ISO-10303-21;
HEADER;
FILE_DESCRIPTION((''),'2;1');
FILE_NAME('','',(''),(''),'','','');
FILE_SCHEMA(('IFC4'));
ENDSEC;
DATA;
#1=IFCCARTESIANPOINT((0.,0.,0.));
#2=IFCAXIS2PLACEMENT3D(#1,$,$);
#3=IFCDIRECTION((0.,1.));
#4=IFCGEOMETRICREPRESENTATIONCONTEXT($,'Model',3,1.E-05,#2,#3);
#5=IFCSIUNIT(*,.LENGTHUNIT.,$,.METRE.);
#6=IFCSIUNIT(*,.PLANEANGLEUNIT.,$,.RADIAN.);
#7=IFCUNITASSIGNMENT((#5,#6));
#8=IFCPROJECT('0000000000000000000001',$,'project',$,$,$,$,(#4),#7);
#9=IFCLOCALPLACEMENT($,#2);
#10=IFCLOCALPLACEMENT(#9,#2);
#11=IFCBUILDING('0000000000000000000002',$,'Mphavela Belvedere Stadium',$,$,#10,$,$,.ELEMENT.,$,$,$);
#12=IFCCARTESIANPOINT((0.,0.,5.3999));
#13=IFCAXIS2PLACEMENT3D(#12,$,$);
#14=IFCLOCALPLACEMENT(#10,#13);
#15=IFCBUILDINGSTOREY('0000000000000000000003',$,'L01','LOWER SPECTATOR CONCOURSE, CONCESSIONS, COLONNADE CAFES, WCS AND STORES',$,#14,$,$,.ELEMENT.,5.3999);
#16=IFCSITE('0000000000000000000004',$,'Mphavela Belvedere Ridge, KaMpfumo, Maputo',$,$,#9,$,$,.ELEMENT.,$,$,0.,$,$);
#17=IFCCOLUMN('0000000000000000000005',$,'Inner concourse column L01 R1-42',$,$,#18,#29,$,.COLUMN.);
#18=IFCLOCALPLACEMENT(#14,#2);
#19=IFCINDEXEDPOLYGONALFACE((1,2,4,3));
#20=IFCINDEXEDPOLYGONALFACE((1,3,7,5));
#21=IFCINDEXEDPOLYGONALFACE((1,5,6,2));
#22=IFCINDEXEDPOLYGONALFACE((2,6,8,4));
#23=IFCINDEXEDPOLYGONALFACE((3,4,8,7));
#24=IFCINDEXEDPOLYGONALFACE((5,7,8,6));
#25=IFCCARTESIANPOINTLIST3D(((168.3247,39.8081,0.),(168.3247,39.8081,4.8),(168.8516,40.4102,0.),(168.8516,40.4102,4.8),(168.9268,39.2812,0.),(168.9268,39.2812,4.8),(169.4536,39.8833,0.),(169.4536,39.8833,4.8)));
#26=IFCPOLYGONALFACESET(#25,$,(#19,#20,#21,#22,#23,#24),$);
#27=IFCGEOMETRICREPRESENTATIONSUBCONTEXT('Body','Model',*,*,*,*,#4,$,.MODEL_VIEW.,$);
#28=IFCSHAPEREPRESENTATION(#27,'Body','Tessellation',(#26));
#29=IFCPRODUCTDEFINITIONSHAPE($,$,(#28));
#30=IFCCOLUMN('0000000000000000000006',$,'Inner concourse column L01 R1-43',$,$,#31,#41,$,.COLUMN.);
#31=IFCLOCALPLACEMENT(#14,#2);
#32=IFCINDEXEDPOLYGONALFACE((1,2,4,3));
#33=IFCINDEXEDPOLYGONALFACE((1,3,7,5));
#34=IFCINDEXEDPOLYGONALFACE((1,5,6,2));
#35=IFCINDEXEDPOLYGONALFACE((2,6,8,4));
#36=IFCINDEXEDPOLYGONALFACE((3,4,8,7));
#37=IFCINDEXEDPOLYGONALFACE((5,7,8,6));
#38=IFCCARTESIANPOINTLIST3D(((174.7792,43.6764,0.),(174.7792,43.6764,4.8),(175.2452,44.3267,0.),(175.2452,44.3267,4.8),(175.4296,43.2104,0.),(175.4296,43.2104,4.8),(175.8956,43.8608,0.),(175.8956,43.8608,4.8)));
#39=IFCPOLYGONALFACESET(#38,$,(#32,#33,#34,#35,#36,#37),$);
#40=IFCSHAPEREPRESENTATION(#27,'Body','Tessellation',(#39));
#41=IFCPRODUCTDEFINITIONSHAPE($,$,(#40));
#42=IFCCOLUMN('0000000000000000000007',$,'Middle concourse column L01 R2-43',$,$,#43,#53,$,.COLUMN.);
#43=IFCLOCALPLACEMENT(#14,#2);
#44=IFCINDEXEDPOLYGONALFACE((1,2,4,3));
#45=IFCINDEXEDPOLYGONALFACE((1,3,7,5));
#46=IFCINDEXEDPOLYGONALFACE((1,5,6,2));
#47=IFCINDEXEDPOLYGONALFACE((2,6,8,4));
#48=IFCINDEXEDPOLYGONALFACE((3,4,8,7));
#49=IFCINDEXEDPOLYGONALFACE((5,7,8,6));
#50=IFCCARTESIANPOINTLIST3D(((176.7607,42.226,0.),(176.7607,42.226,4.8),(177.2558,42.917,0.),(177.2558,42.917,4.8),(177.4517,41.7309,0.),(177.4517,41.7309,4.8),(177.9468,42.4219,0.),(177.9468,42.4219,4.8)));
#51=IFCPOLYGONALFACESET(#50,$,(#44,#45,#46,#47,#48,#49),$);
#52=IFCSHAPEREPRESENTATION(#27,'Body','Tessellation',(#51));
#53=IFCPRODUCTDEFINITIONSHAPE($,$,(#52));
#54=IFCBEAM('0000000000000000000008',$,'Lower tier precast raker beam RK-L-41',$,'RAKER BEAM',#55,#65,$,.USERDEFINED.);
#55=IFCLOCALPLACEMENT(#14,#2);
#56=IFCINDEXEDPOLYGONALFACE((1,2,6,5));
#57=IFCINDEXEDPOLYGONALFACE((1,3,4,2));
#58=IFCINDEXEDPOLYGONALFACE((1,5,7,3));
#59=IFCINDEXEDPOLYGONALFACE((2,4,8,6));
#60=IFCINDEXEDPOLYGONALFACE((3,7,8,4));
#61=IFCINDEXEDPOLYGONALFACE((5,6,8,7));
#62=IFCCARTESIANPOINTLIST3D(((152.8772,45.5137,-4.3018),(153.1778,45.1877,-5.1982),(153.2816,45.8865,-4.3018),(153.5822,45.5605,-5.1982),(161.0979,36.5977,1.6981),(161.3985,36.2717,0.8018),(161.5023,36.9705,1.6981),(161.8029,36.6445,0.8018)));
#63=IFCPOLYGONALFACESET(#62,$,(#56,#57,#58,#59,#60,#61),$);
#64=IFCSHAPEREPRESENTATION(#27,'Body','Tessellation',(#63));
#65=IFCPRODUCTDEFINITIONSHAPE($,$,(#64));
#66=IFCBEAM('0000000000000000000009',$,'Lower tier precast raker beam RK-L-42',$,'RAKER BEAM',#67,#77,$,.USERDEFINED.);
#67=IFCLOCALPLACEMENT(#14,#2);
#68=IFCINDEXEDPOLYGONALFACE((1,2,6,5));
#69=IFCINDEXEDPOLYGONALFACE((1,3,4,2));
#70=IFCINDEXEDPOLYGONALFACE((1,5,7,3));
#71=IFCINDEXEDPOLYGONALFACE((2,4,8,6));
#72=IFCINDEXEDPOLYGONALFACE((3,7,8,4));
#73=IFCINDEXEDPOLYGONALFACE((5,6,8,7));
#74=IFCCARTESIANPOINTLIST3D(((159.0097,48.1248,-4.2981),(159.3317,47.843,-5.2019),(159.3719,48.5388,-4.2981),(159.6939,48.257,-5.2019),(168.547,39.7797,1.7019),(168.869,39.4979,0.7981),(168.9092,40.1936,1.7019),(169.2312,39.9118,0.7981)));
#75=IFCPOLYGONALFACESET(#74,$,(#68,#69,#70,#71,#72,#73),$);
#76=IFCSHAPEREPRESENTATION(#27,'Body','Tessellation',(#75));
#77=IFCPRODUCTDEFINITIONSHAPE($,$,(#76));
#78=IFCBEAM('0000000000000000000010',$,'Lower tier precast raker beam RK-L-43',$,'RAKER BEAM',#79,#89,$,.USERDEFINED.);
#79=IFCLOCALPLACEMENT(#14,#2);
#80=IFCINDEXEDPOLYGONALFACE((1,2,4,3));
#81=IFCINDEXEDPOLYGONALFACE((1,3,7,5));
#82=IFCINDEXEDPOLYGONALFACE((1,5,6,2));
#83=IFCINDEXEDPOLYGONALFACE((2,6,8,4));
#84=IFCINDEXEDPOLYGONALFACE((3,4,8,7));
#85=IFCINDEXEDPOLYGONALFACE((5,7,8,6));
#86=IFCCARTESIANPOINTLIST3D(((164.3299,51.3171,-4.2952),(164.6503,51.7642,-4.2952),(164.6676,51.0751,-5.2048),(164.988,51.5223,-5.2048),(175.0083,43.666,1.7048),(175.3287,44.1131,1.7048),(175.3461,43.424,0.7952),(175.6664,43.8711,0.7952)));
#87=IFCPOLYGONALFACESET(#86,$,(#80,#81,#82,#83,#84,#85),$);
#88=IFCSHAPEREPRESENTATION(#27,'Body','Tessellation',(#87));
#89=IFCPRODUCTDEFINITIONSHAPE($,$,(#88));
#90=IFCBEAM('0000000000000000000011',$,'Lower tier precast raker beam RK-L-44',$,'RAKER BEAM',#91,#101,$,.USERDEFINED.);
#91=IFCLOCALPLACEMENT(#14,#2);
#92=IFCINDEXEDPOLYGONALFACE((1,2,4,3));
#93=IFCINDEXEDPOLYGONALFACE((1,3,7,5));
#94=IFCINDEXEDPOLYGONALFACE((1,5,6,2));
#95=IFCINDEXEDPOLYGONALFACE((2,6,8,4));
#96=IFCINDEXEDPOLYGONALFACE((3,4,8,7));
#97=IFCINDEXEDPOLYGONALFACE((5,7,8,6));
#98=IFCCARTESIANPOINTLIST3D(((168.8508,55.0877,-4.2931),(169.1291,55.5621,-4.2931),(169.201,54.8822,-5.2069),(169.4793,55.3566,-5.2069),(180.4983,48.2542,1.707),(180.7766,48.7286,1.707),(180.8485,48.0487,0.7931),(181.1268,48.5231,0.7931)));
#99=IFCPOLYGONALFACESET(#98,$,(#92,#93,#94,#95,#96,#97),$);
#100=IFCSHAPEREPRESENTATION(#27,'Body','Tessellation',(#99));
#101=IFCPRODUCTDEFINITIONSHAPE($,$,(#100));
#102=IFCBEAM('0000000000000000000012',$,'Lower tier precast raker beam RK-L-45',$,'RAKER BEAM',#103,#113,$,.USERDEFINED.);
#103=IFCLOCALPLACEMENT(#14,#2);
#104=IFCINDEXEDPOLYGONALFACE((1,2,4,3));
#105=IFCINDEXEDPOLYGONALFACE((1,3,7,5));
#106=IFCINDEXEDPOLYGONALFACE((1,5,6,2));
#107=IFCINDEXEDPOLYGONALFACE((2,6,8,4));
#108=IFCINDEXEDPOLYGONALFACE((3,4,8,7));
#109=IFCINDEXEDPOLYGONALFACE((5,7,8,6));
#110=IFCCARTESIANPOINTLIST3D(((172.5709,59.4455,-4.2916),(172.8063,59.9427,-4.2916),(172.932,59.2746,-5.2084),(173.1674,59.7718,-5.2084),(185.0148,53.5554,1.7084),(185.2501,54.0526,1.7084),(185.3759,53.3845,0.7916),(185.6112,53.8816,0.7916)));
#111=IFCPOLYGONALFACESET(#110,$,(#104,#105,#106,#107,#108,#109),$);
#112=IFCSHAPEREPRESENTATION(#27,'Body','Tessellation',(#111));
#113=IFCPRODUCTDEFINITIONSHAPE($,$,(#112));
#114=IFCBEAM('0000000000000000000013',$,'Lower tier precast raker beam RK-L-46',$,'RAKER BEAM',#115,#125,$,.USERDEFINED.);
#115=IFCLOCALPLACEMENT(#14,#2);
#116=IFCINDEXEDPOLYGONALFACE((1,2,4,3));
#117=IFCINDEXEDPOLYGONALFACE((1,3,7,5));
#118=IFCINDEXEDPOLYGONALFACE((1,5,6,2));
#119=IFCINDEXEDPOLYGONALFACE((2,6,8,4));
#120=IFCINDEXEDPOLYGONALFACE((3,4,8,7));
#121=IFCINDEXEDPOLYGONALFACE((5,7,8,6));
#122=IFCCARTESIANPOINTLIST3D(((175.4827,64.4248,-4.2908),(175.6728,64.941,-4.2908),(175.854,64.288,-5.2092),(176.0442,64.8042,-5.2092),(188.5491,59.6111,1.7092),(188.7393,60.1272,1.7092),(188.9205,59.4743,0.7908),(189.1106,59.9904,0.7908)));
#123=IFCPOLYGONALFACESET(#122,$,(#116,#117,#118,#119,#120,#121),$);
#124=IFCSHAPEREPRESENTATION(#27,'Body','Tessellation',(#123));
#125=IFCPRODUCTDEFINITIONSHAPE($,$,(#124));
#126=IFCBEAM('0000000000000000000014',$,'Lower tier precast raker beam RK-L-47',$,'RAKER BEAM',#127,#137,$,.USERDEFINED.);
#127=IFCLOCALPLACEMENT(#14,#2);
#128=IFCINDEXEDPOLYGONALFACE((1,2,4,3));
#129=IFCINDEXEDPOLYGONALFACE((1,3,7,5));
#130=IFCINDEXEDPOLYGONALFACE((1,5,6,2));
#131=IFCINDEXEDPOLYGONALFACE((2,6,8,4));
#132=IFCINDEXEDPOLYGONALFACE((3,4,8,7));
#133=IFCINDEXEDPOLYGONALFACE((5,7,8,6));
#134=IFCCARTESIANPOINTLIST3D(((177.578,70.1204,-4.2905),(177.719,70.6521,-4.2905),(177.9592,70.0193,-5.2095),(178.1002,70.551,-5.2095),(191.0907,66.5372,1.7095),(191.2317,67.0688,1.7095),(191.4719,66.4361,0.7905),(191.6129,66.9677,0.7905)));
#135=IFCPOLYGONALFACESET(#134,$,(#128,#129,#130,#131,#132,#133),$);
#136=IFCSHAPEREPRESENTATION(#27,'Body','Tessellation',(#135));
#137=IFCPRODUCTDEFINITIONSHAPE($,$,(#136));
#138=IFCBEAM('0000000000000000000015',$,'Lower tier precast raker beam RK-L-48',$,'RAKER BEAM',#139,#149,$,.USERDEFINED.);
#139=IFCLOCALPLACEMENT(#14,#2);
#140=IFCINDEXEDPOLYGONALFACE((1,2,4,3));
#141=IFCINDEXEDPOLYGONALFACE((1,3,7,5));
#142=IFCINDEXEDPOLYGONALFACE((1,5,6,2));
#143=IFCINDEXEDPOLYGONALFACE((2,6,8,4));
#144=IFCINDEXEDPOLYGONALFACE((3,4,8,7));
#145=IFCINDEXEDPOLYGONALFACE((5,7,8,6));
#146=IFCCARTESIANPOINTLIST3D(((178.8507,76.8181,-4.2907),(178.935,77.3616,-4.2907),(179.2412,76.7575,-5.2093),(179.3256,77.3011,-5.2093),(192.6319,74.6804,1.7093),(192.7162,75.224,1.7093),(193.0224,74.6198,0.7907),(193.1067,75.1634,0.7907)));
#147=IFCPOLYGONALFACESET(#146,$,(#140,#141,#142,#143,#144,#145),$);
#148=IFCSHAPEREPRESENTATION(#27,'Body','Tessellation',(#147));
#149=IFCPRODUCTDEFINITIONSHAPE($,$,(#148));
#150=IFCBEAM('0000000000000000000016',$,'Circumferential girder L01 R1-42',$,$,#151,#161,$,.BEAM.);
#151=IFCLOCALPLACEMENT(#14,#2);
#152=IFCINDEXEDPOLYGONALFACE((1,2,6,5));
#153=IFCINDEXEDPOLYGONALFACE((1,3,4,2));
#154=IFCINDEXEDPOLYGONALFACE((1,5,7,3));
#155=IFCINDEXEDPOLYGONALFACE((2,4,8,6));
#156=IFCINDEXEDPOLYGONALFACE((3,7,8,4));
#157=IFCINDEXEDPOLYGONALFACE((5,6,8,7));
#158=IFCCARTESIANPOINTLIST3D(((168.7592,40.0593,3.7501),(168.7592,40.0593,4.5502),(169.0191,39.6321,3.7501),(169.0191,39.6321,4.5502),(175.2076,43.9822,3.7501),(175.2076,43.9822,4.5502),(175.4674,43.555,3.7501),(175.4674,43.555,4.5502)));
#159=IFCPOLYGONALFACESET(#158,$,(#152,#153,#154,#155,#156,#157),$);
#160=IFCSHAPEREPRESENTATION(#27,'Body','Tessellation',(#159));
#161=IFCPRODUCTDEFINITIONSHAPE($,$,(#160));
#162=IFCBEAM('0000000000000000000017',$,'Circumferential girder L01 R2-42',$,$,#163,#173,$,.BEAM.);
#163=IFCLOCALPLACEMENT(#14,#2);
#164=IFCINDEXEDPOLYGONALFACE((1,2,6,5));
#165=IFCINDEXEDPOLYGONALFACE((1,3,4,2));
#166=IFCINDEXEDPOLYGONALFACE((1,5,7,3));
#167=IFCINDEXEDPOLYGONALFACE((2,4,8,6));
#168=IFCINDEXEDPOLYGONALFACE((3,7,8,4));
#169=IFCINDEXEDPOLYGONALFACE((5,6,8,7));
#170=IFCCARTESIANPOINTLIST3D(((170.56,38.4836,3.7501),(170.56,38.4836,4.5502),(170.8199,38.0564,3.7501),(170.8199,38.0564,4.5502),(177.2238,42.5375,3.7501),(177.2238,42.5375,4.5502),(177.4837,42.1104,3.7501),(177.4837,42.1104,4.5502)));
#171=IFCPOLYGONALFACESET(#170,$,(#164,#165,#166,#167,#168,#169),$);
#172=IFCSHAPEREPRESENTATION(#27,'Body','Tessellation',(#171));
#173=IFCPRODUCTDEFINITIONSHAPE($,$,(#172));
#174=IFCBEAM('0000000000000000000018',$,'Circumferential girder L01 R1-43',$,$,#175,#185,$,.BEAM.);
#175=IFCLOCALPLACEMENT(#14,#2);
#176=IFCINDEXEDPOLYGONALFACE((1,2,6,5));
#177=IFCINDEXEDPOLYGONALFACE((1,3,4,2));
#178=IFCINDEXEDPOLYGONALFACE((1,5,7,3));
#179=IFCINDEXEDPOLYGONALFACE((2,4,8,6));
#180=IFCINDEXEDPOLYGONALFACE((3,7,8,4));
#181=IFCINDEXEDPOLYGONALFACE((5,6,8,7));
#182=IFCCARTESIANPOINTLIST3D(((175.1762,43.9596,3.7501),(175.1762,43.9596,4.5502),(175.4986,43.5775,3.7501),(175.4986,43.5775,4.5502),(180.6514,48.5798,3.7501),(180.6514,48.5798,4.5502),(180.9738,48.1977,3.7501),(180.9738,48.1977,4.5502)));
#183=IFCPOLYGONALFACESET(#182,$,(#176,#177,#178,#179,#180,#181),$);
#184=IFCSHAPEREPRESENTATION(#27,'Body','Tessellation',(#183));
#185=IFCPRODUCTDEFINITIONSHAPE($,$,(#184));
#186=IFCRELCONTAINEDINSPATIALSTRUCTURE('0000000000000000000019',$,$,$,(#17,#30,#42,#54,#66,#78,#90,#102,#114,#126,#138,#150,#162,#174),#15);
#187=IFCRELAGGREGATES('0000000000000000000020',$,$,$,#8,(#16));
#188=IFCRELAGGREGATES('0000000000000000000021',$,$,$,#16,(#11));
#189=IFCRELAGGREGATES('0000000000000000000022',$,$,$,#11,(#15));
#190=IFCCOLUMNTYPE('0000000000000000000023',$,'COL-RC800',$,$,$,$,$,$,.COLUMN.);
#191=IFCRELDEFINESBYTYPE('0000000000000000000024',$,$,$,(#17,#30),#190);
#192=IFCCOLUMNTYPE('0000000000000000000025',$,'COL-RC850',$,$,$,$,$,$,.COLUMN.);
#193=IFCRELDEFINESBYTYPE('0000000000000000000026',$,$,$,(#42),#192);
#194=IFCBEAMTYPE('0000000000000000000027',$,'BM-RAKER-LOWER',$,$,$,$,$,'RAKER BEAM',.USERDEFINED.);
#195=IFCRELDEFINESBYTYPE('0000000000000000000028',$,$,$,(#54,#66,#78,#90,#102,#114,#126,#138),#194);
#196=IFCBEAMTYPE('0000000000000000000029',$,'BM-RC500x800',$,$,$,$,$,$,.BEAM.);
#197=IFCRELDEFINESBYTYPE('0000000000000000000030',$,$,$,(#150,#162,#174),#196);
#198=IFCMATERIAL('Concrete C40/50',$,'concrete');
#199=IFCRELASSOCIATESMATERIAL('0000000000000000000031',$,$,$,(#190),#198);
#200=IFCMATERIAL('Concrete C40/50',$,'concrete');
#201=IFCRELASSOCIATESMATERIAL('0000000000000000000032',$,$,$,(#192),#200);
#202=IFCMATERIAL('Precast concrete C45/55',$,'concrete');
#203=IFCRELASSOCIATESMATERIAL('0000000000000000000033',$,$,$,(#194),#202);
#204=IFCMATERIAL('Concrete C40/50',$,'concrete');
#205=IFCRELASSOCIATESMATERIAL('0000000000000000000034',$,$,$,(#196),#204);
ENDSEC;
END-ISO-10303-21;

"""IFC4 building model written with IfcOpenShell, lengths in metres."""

from ifc_helpers import new_model, si_unit, direction, frame, origin, origin_2d, place, context, subcontext, project, spatial, rectangle, extrude, material, material_profile, profile_set, type_object, element, save


model = new_model("IFC4")

# Units and contexts
model_context = context("Model", 3, precision=1e-05, world=origin(), true_north=direction((0.0, 1.0)))
body_context = subcontext(model_context, "Body", "Model", "MODEL_VIEW")
ifc_project = project(units=[si_unit("LENGTHUNIT", "METRE"), si_unit("PLANEANGLEUNIT", "RADIAN")], contexts=[model_context])

# Site, building, storey
site_placement = place(None, origin())
site = spatial("IfcSite", under=ifc_project, at=site_placement, Name="Mphavela Belvedere Ridge, KaMpfumo, Maputo", CompositionType="ELEMENT", RefElevation=0.0)
building_placement = place(site_placement, origin())
building = spatial("IfcBuilding", under=site, at=building_placement, Name="Mphavela Belvedere Stadium", CompositionType="ELEMENT")
storey_placement = place(building_placement, frame((0.0, 0.0, 5.3999)))
storey = spatial("IfcBuildingStorey", under=building, at=storey_placement, Name="L01", Description="LOWER SPECTATOR CONCOURSE, CONCESSIONS, COLONNADE CAFES, WCS AND STORES", CompositionType="ELEMENT", Elevation=5.3999)

# Columns
ifc_material_1 = material(Name="Concrete C40/50", Category="concrete")
ifc_material_profile_1 = material_profile(ifc_material_1, rectangle(XDim=0.8, YDim=0.8, at=origin_2d()), Name="RC 800x800")
ifc_profile_set_1 = profile_set([ifc_material_profile_1], Name="Concrete C40/50")
column_type_1 = type_object("IfcColumnType", Name="COL-RC800", PredefinedType="COLUMN", material=ifc_profile_set_1)
for number, where, z_axis, x_axis, name in (
    (1, (168.8892, 39.8457, 0.0), (0.0, 0.0, 1.0), (0.75253, -0.658558, 0.0), "Inner concourse column L01 R1-42"),
    (2, (175.3374, 43.7686, 0.0), (0.0, 0.0, 1.0), (0.812898, -0.582407, 0.0), "Inner concourse column L01 R1-43"),
):
    element("IfcColumn", number, at=place(storey_placement, frame(where, z_axis=z_axis, x_axis=x_axis)), inside=storey, type_object=column_type_1, Name=name, PredefinedType="COLUMN", context=body_context, shape_type="SweptSolid", body=[
        extrude(rectangle(XDim=0.8, YDim=0.8, at=origin_2d()), origin(), (0.0, 0.0, 1.0), 4.8),
    ])
ifc_material_2 = material(Name="Concrete C40/50", Category="concrete")
ifc_material_profile_2 = material_profile(ifc_material_2, rectangle(XDim=0.8501, YDim=0.8501, at=origin_2d()), Name="RC 850x850")
ifc_profile_set_2 = profile_set([ifc_material_profile_2], Name="Concrete C40/50")
column_type_2 = type_object("IfcColumnType", Name="COL-RC850", PredefinedType="COLUMN", material=ifc_profile_set_2)
column_placement = place(storey_placement, frame((177.3538, 42.324, 0.0), z_axis=(0.0, 0.0, 1.0), x_axis=(0.812898, -0.582407, 0.0)))
element("IfcColumn", 3, at=column_placement, inside=storey, type_object=column_type_2, Name="Middle concourse column L01 R2-43", PredefinedType="COLUMN", context=body_context, shape_type="SweptSolid", body=[
    extrude(rectangle(XDim=0.8501, YDim=0.8501, at=origin_2d()), origin(), (0.0, 0.0, 1.0), 4.8),
])

# Beams
ifc_material_3 = material(Name="Precast concrete C45/55", Category="concrete")
ifc_material_profile_3 = material_profile(ifc_material_3, rectangle(XDim=0.55, YDim=1.0, at=origin_2d()), Name="PC 550x1000")
ifc_profile_set_3 = profile_set([ifc_material_profile_3], Name="Precast concrete C45/55")
beam_type_1 = type_object("IfcBeamType", Name="BM-RAKER-LOWER", ElementType="RAKER BEAM", PredefinedType="USERDEFINED", material=ifc_profile_set_3)
beam_1_placement = place(storey_placement, frame((153.2297, 45.5371, -4.75), z_axis=(0.607567, -0.658955, 0.443442), x_axis=(0.735192, 0.677859, 0.0)))
element("IfcBeam", 4, at=beam_1_placement, inside=storey, type_object=beam_type_1, Name="Lower tier precast raker beam RK-L-41", ObjectType="RAKER BEAM", PredefinedType="USERDEFINED", context=body_context, shape_type="SweptSolid", body=[
    extrude(rectangle(XDim=0.55, YDim=1.0, at=origin_2d()), origin(), (0.0, 0.0, 1.0), 13.5305),
])
beam_2_placement = place(storey_placement, frame((159.3518, 48.1909, -4.75), z_axis=(0.680193, -0.595171, 0.427913), x_axis=(0.658506, 0.752576, 0.0)))
element("IfcBeam", 5, at=beam_2_placement, inside=storey, type_object=beam_type_1, Name="Lower tier precast raker beam RK-L-42", ObjectType="RAKER BEAM", PredefinedType="USERDEFINED", context=body_context, shape_type="SweptSolid", body=[
    extrude(rectangle(XDim=0.55, YDim=1.0, at=origin_2d()), origin(), (0.0, 0.0, 1.0), 14.0215),
])
beam_3_placement = place(storey_placement, frame((164.6589, 51.4197, -4.75), z_axis=(0.739407, -0.529785, 0.415457), x_axis=(0.58243, 0.812881, 0.0)))
element("IfcBeam", 6, at=beam_3_placement, inside=storey, type_object=beam_type_1, Name="Lower tier precast raker beam RK-L-43", ObjectType="RAKER BEAM", PredefinedType="USERDEFINED", context=body_context, shape_type="SweptSolid", body=[
    extrude(rectangle(XDim=0.55, YDim=1.0, at=origin_2d()), origin(), (0.0, 0.0, 1.0), 14.4419),
])
beam_4_placement = place(storey_placement, frame((169.165, 55.2222, -4.75), z_axis=(0.788215, -0.462441, 0.406036), x_axis=(0.506032, 0.862515, 0.0)))
element("IfcBeam", 7, at=beam_4_placement, inside=storey, type_object=beam_type_1, Name="Lower tier precast raker beam RK-L-44", ObjectType="RAKER BEAM", PredefinedType="USERDEFINED", context=body_context, shape_type="SweptSolid", body=[
    extrude(rectangle(XDim=0.55, YDim=1.0, at=origin_2d()), origin(), (0.0, 0.0, 1.0), 14.7771),
])
beam_5_placement = place(storey_placement, frame((172.8691, 59.6086, -4.75), z_axis=(0.828591, -0.392203, 0.399518), x_axis=(0.42783, 0.903859, 0.0)))
element("IfcBeam", 8, at=beam_5_placement, inside=storey, type_object=beam_type_1, Name="Lower tier precast raker beam RK-L-45", ObjectType="RAKER BEAM", PredefinedType="USERDEFINED", context=body_context, shape_type="SweptSolid", body=[
    extrude(rectangle(XDim=0.55, YDim=1.0, at=origin_2d()), origin(), (0.0, 0.0, 1.0), 15.0181),
])
beam_6_placement = place(storey_placement, frame((175.7634, 64.6145, -4.75), z_axis=(0.861755, -0.317474, 0.395712), x_axis=(0.345692, 0.938348, 0.0)))
element("IfcBeam", 9, at=beam_6_placement, inside=storey, type_object=beam_type_1, Name="Lower tier precast raker beam RK-L-46", ObjectType="RAKER BEAM", PredefinedType="USERDEFINED", context=body_context, shape_type="SweptSolid", body=[
    extrude(rectangle(XDim=0.55, YDim=1.0, at=origin_2d()), origin(), (0.0, 0.0, 1.0), 15.1626),
])
beam_7_placement = place(storey_placement, frame((177.8391, 70.3357, -4.75), z_axis=(0.888239, -0.23554, 0.394402), x_axis=(0.256318, 0.966593, 0.0)))
element("IfcBeam", 10, at=beam_7_placement, inside=storey, type_object=beam_type_1, Name="Lower tier precast raker beam RK-L-47", ObjectType="RAKER BEAM", PredefinedType="USERDEFINED", context=body_context, shape_type="SweptSolid", body=[
    extrude(rectangle(XDim=0.55, YDim=1.0, at=origin_2d()), origin(), (0.0, 0.0, 1.0), 15.2129),
])
beam_8_placement = place(storey_placement, frame((179.0881, 77.0596, -4.75), z_axis=(0.907737, -0.140805, 0.395205), x_axis=(0.153283, 0.988182, 0.0)))
element("IfcBeam", 11, at=beam_8_placement, inside=storey, type_object=beam_type_1, Name="Lower tier precast raker beam RK-L-48", ObjectType="RAKER BEAM", PredefinedType="USERDEFINED", context=body_context, shape_type="SweptSolid", body=[
    extrude(rectangle(XDim=0.55, YDim=1.0, at=origin_2d()), origin(), (0.0, 0.0, 1.0), 15.1819),
])
ifc_material_4 = material(Name="Concrete C40/50", Category="concrete")
ifc_material_profile_4 = material_profile(ifc_material_4, rectangle(XDim=0.5, YDim=0.8, at=origin_2d()), Name="RC 500x800")
ifc_profile_set_4 = profile_set([ifc_material_profile_4], Name="Concrete C40/50")
beam_type_2 = type_object("IfcBeamType", Name="BM-RC500x800", PredefinedType="BEAM", material=ifc_profile_set_4)
beam_9_placement = place(storey_placement, frame((168.8892, 39.8457, 4.1501), z_axis=(0.854326, 0.519738, 0.0), x_axis=(-0.519738, 0.854326, 0.0)))
element("IfcBeam", 12, at=beam_9_placement, inside=storey, type_object=beam_type_2, Name="Circumferential girder L01 R1-42", PredefinedType="BEAM", context=body_context, shape_type="SweptSolid", body=[
    extrude(rectangle(XDim=0.5, YDim=0.8, at=origin_2d()), origin(), (0.0, 0.0, 1.0), 7.5479),
])
beam_10_placement = place(storey_placement, frame((170.6899, 38.27, 4.1501), z_axis=(0.854328, 0.519733, 0.0), x_axis=(-0.519733, 0.854328, 0.0)))
element("IfcBeam", 13, at=beam_10_placement, inside=storey, type_object=beam_type_2, Name="Circumferential girder L01 R2-42", PredefinedType="BEAM", context=body_context, shape_type="SweptSolid", body=[
    extrude(rectangle(XDim=0.5, YDim=0.8, at=origin_2d()), origin(), (0.0, 0.0, 1.0), 7.8),
])
beam_11_placement = place(storey_placement, frame((175.3374, 43.7686, 4.1501), z_axis=(0.764257, 0.644912, 0.0), x_axis=(-0.644912, 0.764257, 0.0)))
element("IfcBeam", 14, at=beam_11_placement, inside=storey, type_object=beam_type_2, Name="Circumferential girder L01 R1-43", PredefinedType="BEAM", context=body_context, shape_type="SweptSolid", body=[
    extrude(rectangle(XDim=0.5, YDim=0.8, at=origin_2d()), origin(), (0.0, 0.0, 1.0), 7.1641),
])

save(model, "model.ifc")
